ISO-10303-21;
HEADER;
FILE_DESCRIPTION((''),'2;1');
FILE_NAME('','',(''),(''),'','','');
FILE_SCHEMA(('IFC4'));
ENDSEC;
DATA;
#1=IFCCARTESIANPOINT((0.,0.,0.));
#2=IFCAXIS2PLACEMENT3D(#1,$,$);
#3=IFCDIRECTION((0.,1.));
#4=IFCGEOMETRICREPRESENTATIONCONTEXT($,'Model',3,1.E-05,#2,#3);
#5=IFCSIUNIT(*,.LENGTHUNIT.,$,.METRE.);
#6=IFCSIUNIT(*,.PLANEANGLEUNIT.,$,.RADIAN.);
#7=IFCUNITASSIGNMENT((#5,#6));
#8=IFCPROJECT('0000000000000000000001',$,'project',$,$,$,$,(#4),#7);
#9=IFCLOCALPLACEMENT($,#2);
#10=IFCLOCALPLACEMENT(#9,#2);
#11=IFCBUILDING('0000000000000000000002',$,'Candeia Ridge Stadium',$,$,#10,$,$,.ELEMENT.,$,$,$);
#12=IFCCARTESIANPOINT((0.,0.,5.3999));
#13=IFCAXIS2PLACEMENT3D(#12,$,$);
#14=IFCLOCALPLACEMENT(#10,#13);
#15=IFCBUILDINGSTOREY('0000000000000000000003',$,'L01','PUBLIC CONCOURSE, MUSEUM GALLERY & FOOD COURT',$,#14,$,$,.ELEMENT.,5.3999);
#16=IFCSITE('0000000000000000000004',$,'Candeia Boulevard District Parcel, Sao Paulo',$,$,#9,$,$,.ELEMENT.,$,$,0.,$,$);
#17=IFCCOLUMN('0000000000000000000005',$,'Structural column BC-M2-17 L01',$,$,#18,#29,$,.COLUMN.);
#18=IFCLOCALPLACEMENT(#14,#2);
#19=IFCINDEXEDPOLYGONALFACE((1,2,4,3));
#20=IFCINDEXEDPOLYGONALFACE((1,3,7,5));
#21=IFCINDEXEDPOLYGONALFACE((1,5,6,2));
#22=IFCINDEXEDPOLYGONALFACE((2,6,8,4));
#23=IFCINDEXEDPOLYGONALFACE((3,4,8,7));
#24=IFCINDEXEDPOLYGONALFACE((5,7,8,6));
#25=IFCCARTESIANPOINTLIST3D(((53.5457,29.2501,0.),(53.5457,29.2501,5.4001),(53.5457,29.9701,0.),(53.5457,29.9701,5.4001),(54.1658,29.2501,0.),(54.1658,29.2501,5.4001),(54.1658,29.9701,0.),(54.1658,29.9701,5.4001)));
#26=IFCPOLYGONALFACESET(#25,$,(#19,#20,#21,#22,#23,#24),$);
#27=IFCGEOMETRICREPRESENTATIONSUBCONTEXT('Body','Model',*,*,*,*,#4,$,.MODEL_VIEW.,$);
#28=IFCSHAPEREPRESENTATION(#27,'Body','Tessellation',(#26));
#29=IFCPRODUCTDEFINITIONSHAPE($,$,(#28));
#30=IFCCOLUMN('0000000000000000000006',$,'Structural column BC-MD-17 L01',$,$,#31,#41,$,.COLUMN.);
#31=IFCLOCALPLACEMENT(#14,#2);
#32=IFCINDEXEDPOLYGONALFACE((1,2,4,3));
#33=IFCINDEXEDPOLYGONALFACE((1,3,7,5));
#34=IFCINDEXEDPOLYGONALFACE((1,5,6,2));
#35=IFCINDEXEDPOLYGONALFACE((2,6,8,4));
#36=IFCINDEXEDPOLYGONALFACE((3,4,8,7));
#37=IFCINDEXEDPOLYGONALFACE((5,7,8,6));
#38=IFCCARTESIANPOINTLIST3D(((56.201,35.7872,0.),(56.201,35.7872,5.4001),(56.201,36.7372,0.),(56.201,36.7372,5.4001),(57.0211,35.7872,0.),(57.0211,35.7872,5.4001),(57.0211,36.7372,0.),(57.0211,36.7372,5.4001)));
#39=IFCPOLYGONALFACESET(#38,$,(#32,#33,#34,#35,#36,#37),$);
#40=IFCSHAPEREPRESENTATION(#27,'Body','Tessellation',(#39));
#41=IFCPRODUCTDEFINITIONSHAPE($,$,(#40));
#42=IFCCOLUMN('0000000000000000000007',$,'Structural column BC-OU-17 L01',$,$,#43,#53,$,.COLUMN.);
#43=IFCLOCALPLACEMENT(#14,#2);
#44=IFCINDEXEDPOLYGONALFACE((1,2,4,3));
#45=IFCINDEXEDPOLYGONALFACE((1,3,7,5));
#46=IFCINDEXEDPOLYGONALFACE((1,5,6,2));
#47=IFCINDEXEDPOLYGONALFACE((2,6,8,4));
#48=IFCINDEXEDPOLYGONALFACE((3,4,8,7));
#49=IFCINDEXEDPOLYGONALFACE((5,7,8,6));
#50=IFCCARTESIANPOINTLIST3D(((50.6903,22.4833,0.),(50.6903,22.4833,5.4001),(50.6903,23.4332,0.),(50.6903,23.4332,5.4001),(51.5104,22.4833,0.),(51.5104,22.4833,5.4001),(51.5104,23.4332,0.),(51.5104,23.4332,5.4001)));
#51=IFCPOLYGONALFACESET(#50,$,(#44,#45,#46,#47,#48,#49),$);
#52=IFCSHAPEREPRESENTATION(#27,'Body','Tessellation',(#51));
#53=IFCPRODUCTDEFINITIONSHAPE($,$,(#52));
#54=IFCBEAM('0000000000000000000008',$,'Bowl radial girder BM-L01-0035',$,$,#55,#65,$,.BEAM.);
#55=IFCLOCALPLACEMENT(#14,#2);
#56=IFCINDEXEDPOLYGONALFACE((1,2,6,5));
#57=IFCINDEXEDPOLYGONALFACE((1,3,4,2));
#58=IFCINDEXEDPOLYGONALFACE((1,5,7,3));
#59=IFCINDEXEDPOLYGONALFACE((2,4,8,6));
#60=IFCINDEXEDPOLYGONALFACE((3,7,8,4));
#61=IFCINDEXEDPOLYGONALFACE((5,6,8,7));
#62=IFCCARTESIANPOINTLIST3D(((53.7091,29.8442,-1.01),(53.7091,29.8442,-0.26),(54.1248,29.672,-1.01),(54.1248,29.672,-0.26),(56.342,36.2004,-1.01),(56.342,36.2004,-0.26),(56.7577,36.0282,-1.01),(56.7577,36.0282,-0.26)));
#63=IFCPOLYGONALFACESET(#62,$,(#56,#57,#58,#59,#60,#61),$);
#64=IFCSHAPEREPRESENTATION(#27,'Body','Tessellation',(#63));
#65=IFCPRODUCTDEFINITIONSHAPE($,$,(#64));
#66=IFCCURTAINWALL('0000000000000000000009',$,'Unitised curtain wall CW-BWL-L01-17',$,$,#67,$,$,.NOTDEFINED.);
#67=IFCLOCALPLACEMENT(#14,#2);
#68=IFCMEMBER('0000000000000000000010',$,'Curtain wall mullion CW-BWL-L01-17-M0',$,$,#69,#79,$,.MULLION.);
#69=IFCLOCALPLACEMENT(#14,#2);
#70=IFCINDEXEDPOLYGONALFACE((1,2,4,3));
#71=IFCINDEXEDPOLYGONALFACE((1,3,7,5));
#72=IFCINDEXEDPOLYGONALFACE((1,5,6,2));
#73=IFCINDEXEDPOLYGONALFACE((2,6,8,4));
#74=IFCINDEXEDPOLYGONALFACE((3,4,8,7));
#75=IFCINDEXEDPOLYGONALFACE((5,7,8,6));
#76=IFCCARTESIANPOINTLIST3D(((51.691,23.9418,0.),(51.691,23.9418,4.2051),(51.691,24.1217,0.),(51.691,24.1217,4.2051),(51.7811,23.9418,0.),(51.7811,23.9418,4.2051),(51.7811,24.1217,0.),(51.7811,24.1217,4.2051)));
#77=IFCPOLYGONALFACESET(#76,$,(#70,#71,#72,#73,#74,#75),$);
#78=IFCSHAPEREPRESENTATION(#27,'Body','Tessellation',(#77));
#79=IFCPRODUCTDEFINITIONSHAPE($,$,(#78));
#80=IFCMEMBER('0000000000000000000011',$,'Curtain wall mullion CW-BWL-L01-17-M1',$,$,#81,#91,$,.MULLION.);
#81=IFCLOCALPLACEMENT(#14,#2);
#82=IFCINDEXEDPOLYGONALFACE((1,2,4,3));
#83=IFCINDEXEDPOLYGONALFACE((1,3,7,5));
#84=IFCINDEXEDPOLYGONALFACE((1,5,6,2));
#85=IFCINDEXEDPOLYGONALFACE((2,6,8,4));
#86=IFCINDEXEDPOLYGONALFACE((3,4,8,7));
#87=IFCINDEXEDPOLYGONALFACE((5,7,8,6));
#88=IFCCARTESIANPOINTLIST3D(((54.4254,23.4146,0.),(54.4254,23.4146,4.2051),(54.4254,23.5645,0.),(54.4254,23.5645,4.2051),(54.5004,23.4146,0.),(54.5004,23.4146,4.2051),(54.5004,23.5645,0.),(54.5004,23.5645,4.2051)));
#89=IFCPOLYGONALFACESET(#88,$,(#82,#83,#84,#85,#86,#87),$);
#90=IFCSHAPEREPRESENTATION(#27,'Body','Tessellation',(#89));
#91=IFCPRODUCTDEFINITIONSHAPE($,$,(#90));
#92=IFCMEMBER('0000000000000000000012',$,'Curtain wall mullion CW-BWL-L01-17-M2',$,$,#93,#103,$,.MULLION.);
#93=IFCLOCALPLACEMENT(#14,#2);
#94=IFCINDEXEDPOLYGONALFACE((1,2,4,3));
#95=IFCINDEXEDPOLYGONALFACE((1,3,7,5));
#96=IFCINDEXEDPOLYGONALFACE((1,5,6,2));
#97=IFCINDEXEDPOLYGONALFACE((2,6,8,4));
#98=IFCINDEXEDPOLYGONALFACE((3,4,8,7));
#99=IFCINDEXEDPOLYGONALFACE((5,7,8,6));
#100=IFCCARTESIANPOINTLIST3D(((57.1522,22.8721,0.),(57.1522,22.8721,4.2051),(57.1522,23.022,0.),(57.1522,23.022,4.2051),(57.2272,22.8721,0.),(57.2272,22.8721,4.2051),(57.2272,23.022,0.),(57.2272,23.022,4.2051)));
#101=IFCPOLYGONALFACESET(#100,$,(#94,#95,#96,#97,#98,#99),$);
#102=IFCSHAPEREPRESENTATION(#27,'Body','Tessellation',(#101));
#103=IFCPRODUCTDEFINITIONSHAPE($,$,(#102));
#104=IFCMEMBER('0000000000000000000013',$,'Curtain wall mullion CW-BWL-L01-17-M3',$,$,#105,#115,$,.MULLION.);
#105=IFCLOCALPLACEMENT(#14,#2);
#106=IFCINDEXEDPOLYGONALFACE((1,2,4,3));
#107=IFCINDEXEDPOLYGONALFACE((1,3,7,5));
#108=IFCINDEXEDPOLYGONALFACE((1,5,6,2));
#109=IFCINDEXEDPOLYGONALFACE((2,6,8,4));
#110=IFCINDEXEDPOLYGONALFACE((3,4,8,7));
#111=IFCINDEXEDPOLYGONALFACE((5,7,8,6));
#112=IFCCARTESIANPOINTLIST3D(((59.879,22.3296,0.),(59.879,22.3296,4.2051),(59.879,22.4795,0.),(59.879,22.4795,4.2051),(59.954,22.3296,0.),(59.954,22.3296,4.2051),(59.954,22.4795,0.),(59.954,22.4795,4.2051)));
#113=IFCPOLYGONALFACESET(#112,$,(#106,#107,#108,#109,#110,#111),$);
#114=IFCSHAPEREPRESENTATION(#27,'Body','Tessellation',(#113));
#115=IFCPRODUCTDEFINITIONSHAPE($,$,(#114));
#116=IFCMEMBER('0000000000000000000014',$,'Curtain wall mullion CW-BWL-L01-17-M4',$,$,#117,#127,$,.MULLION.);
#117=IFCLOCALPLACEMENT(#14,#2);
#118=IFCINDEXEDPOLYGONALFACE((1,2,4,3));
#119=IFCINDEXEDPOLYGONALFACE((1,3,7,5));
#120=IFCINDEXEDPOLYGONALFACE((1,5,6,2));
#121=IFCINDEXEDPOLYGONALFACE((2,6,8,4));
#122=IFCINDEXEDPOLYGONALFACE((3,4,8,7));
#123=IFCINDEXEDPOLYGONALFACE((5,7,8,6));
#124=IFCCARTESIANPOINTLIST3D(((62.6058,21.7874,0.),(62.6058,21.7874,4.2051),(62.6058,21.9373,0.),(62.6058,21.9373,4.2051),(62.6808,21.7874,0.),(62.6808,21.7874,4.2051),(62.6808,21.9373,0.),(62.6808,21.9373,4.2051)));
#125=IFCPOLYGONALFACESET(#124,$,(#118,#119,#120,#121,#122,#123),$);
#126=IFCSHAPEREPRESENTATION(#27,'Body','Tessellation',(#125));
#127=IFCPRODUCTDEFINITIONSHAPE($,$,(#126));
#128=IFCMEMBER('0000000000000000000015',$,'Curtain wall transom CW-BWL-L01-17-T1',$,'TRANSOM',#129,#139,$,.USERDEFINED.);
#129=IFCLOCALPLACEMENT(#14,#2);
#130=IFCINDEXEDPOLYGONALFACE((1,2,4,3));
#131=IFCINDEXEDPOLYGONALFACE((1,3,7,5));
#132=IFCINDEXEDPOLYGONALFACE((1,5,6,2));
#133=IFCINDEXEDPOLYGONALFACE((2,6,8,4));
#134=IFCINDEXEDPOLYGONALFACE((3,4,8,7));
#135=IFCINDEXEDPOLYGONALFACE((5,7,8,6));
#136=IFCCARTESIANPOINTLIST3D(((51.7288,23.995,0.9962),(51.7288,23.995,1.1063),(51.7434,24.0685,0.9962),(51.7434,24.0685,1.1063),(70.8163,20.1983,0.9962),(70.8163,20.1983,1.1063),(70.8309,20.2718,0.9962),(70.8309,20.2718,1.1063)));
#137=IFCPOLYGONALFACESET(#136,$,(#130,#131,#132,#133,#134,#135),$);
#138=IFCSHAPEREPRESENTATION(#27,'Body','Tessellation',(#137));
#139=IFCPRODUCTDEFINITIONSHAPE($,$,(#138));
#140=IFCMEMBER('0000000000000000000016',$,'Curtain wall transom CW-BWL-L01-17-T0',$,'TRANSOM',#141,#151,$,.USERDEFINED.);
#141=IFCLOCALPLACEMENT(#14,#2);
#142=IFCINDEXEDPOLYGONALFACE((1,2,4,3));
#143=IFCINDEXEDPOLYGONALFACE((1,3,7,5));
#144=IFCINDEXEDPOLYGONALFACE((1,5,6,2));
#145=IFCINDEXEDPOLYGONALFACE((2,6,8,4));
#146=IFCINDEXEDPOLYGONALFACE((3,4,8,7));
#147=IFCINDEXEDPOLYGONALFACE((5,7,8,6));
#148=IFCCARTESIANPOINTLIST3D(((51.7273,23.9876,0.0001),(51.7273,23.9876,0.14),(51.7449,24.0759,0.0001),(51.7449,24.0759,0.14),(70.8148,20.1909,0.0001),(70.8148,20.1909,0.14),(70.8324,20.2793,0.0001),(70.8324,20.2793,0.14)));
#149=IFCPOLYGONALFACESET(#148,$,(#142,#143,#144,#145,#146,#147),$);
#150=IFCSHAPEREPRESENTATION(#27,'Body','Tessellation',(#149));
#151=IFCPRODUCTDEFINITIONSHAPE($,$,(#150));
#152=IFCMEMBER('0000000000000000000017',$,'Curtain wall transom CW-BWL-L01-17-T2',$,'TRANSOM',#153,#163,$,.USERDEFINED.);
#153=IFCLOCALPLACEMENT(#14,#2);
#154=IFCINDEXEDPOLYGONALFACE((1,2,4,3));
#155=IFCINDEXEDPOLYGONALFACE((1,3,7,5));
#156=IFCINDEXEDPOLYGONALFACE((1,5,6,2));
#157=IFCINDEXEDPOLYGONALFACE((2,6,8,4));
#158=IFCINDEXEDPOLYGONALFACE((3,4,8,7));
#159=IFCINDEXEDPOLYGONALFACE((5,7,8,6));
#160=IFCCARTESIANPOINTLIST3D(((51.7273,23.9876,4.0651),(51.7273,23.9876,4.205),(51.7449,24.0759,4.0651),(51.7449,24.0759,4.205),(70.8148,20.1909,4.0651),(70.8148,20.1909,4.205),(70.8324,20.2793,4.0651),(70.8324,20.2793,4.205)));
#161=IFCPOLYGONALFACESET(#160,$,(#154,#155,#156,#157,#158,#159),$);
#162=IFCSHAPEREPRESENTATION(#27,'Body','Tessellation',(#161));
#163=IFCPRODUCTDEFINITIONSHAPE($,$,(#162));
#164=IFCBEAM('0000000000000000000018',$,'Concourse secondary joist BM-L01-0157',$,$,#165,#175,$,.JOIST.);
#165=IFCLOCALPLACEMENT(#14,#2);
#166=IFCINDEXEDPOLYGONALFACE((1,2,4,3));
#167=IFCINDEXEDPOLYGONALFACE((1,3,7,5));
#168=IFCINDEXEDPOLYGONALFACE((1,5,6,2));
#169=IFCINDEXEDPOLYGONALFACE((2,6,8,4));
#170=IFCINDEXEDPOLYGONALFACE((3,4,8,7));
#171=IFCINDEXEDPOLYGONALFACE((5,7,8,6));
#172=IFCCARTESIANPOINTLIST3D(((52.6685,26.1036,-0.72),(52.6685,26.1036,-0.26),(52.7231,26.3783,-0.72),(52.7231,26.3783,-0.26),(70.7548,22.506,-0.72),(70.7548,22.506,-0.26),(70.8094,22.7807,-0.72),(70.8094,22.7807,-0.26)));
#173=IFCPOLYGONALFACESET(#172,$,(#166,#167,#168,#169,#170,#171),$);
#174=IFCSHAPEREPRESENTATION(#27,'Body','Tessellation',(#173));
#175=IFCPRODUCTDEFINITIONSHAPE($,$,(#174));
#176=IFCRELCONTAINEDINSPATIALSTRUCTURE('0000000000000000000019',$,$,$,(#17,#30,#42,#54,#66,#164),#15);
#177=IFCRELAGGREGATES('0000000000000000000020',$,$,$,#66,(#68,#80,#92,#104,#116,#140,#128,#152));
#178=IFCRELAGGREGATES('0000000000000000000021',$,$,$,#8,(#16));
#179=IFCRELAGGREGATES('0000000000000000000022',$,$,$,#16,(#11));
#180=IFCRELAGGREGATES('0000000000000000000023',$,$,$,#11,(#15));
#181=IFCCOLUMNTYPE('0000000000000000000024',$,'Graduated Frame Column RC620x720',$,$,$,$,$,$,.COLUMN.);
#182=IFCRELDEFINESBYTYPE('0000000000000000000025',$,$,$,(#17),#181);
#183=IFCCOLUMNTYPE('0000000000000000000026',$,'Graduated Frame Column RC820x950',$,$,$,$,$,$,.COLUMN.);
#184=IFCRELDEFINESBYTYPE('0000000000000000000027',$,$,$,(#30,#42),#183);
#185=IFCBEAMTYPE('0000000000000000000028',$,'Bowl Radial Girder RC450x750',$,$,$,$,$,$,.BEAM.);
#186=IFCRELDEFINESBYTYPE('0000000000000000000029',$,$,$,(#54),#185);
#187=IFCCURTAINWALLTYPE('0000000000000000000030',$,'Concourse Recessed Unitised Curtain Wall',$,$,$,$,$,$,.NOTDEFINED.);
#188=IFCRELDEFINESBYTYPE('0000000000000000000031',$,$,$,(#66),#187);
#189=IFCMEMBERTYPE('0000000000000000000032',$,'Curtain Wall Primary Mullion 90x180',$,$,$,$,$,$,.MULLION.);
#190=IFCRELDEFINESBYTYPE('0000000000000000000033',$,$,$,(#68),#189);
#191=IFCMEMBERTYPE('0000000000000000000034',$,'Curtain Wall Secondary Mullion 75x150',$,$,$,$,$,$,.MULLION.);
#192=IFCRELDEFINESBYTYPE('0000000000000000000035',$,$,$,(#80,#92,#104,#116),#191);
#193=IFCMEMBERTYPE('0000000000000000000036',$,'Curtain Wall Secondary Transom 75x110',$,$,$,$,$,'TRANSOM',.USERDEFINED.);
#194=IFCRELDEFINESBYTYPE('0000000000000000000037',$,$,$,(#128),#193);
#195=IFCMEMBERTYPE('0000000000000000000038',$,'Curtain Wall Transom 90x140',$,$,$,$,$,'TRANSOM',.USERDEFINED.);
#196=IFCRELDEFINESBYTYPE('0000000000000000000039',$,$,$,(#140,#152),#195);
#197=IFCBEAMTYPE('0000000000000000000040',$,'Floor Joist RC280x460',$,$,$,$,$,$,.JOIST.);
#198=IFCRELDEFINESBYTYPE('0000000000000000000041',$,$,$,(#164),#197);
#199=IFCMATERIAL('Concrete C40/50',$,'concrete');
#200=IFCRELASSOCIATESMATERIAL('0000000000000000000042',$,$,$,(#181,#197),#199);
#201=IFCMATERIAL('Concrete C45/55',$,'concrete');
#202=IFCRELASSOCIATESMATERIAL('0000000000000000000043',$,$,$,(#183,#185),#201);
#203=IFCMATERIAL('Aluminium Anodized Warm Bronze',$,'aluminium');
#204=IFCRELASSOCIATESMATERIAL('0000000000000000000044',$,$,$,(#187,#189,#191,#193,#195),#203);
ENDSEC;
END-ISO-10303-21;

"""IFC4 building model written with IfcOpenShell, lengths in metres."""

from ifc_helpers import new_model, si_unit, direction, frame, origin, origin_2d, place, context, subcontext, project, spatial, rectangle, extrude, material, material_profile, profile_set, type_object, element, aggregate, save


model = new_model("IFC4")

# Units and contexts
model_context = context("Model", 3, precision=1e-05, world=origin(), true_north=direction((0.0, 1.0)))
body_context = subcontext(model_context, "Body", "Model", "MODEL_VIEW")
ifc_project = project(units=[si_unit("LENGTHUNIT", "METRE"), si_unit("PLANEANGLEUNIT", "RADIAN")], contexts=[model_context])

# Site, building, storey
site_placement = place(None, origin())
site = spatial("IfcSite", under=ifc_project, at=site_placement, Name="Candeia Boulevard District Parcel, Sao Paulo", CompositionType="ELEMENT", RefElevation=0.0)
building_placement = place(site_placement, origin())
building = spatial("IfcBuilding", under=site, at=building_placement, Name="Candeia Ridge Stadium", CompositionType="ELEMENT")
storey_placement = place(building_placement, frame((0.0, 0.0, 5.3999)))
storey = spatial("IfcBuildingStorey", under=building, at=storey_placement, Name="L01", Description="PUBLIC CONCOURSE, MUSEUM GALLERY & FOOD COURT", CompositionType="ELEMENT", Elevation=5.3999)

# Columns
ifc_material_1 = material(Name="Concrete C40/50", Category="concrete")
ifc_material_profile_1 = material_profile(ifc_material_1, rectangle(XDim=0.6201, YDim=0.72, at=origin_2d()), Name="RC620x720", Category="concrete")
ifc_profile_set_1 = profile_set([ifc_material_profile_1], Name="Concrete C40/50")
column_type_1 = type_object("IfcColumnType", Name="Graduated Frame Column RC620x720", PredefinedType="COLUMN", material=ifc_profile_set_1)
column_placement = place(storey_placement, frame((53.8557, 29.6101, 0.0), z_axis=(0.0, 0.0, 1.0), x_axis=(1.0, 0.0, 0.0)))
element("IfcColumn", 1, at=column_placement, inside=storey, type_object=column_type_1, Name="Structural column BC-M2-17 L01", PredefinedType="COLUMN", context=body_context, shape_type="SweptSolid", body=[
    extrude(rectangle(XDim=0.6201, YDim=0.72, at=origin_2d()), origin(), (0.0, 0.0, 1.0), 5.4001),
])
ifc_material_2 = material(Name="Concrete C45/55", Category="concrete")
ifc_material_profile_2 = material_profile(ifc_material_2, rectangle(XDim=0.8201, YDim=0.95, at=origin_2d()), Name="RC820x950", Category="concrete")
ifc_profile_set_2 = profile_set([ifc_material_profile_2], Name="Concrete C45/55")
column_type_2 = type_object("IfcColumnType", Name="Graduated Frame Column RC820x950", PredefinedType="COLUMN", material=ifc_profile_set_2)
for number, where, z_axis, x_axis, name in (
    (2, (56.6111, 36.2622, 0.0), (0.0, 0.0, 1.0), (1.0, 0.0, 0.0), "Structural column BC-MD-17 L01"),
    (3, (51.1003, 22.9583, 0.0), (0.0, 0.0, 1.0), (1.0, 0.0, 0.0), "Structural column BC-OU-17 L01"),
):
    element("IfcColumn", number, at=place(storey_placement, frame(where, z_axis=z_axis, x_axis=x_axis)), inside=storey, type_object=column_type_2, Name=name, PredefinedType="COLUMN", context=body_context, shape_type="SweptSolid", body=[
        extrude(rectangle(XDim=0.8201, YDim=0.95, at=origin_2d()), origin(), (0.0, 0.0, 1.0), 5.4001),
    ])

# Beam
ifc_material_profile_3 = material_profile(ifc_material_2, rectangle(XDim=0.45, YDim=0.75, at=origin_2d()), Name="RC450x750", Category="concrete")
ifc_profile_set_3 = profile_set([ifc_material_profile_3], Name="Concrete C45/55")
beam_type_1 = type_object("IfcBeamType", Name="Bowl Radial Girder RC450x750", PredefinedType="BEAM", material=ifc_profile_set_3)
beam_1_placement = place(storey_placement, frame((56.5498, 36.1143, -0.635), z_axis=(-0.382682, -0.92388, 0.0), x_axis=(0.92388, -0.382682, 0.0)))
element("IfcBeam", 4, at=beam_1_placement, inside=storey, type_object=beam_type_1, Name="Bowl radial girder BM-L01-0035", PredefinedType="BEAM", context=body_context, shape_type="SweptSolid", body=[
    extrude(rectangle(XDim=0.45, YDim=0.75, at=origin_2d()), origin(), (0.0, 0.0, 1.0), 6.8799),
])

# Curtain wall, members
ifc_material_3 = material(Name="Aluminium Anodized Warm Bronze", Category="aluminium")
curtain_wall_type = type_object("IfcCurtainWallType", Name="Concourse Recessed Unitised Curtain Wall", PredefinedType="NOTDEFINED", material=ifc_material_3)
curtain_wall_placement = place(storey_placement, origin())
curtain_wall = element("IfcCurtainWall", 5, at=curtain_wall_placement, inside=storey, type_object=curtain_wall_type, Name="Unitised curtain wall CW-BWL-L01-17", PredefinedType="NOTDEFINED")
ifc_material_profile_4 = material_profile(ifc_material_3, rectangle(XDim=0.0901, YDim=0.1799, at=origin_2d()), Name="CWM-90x180", Category="aluminium")
ifc_profile_set_4 = profile_set([ifc_material_profile_4], Name="Aluminium Anodized Warm Bronze")
member_type_1 = type_object("IfcMemberType", Name="Curtain Wall Primary Mullion 90x180", PredefinedType="MULLION", material=ifc_profile_set_4)
member_1_placement = place(storey_placement, frame((51.7361, 24.0317, 0.0), z_axis=(0.0, 0.0, 1.0), x_axis=(1.0, 0.0, 0.0)))
member_1 = element("IfcMember", 6, at=member_1_placement, type_object=member_type_1, Name="Curtain wall mullion CW-BWL-L01-17-M0", PredefinedType="MULLION", context=body_context, shape_type="SweptSolid", body=[
    extrude(rectangle(XDim=0.0901, YDim=0.1799, at=origin_2d()), origin(), (0.0, 0.0, 1.0), 4.2051),
])
ifc_material_profile_5 = material_profile(ifc_material_3, rectangle(XDim=0.075, YDim=0.1499, at=origin_2d()), Name="CWM-75x150", Category="aluminium")
ifc_profile_set_5 = profile_set([ifc_material_profile_5], Name="Aluminium Anodized Warm Bronze")
member_type_2 = type_object("IfcMemberType", Name="Curtain Wall Secondary Mullion 75x150", PredefinedType="MULLION", material=ifc_profile_set_5)
member_2_placement = place(storey_placement, frame((54.4629, 23.4895, 0.0), z_axis=(0.0, 0.0, 1.0), x_axis=(1.0, 0.0, 0.0)))
member_2 = element("IfcMember", 7, at=member_2_placement, type_object=member_type_2, Name="Curtain wall mullion CW-BWL-L01-17-M1", PredefinedType="MULLION", context=body_context, shape_type="SweptSolid", body=[
    extrude(rectangle(XDim=0.075, YDim=0.1499, at=origin_2d()), origin(), (0.0, 0.0, 1.0), 4.2051),
])
member_3_placement = place(storey_placement, frame((57.1897, 22.947, 0.0), z_axis=(0.0, 0.0, 1.0), x_axis=(1.0, 0.0, 0.0)))
member_3 = element("IfcMember", 8, at=member_3_placement, type_object=member_type_2, Name="Curtain wall mullion CW-BWL-L01-17-M2", PredefinedType="MULLION", context=body_context, shape_type="SweptSolid", body=[
    extrude(rectangle(XDim=0.075, YDim=0.1499, at=origin_2d()), origin(), (0.0, 0.0, 1.0), 4.2051),
])
member_4_placement = place(storey_placement, frame((59.9165, 22.4045, 0.0), z_axis=(0.0, 0.0, 1.0), x_axis=(1.0, 0.0, 0.0)))
member_4 = element("IfcMember", 9, at=member_4_placement, type_object=member_type_2, Name="Curtain wall mullion CW-BWL-L01-17-M3", PredefinedType="MULLION", context=body_context, shape_type="SweptSolid", body=[
    extrude(rectangle(XDim=0.075, YDim=0.1499, at=origin_2d()), origin(), (0.0, 0.0, 1.0), 4.2051),
])
member_5_placement = place(storey_placement, frame((62.6433, 21.8623, 0.0), z_axis=(0.0, 0.0, 1.0), x_axis=(1.0, 0.0, 0.0)))
member_5 = element("IfcMember", 10, at=member_5_placement, type_object=member_type_2, Name="Curtain wall mullion CW-BWL-L01-17-M4", PredefinedType="MULLION", context=body_context, shape_type="SweptSolid", body=[
    extrude(rectangle(XDim=0.075, YDim=0.1499, at=origin_2d()), origin(), (0.0, 0.0, 1.0), 4.2051),
])
ifc_material_profile_6 = material_profile(ifc_material_3, rectangle(XDim=0.075, YDim=0.1101, at=origin_2d()), Name="CWT-75x110", Category="aluminium")
ifc_profile_set_6 = profile_set([ifc_material_profile_6], Name="Aluminium Anodized Warm Bronze")
member_type_3 = type_object("IfcMemberType", Name="Curtain Wall Secondary Transom 75x110", ElementType="TRANSOM", PredefinedType="USERDEFINED", material=ifc_profile_set_6)
member_6_placement = place(storey_placement, frame((51.7361, 24.0317, 1.0513), z_axis=(0.980786, -0.195086, 0.0), x_axis=(0.195086, 0.980786, 0.0)))
member_6 = element("IfcMember", 11, at=member_6_placement, type_object=member_type_3, Name="Curtain wall transom CW-BWL-L01-17-T1", ObjectType="TRANSOM", PredefinedType="USERDEFINED", context=body_context, shape_type="SweptSolid", body=[
    extrude(rectangle(XDim=0.075, YDim=0.1101, at=origin_2d()), origin(), (0.0, 0.0, 1.0), 19.4614),
])
ifc_material_profile_7 = material_profile(ifc_material_3, rectangle(XDim=0.0901, YDim=0.1399, at=origin_2d()), Name="CWT-90x140", Category="aluminium")
ifc_profile_set_7 = profile_set([ifc_material_profile_7], Name="Aluminium Anodized Warm Bronze")
member_type_4 = type_object("IfcMemberType", Name="Curtain Wall Transom 90x140", ElementType="TRANSOM", PredefinedType="USERDEFINED", material=ifc_profile_set_7)
member_7_placement = place(storey_placement, frame((51.7361, 24.0317, 0.0701), z_axis=(0.980786, -0.195086, 0.0), x_axis=(0.195086, 0.980786, 0.0)))
member_7 = element("IfcMember", 12, at=member_7_placement, type_object=member_type_4, Name="Curtain wall transom CW-BWL-L01-17-T0", ObjectType="TRANSOM", PredefinedType="USERDEFINED", context=body_context, shape_type="SweptSolid", body=[
    extrude(rectangle(XDim=0.0901, YDim=0.1399, at=origin_2d()), origin(), (0.0, 0.0, 1.0), 19.4614),
])
member_8_placement = place(storey_placement, frame((51.7361, 24.0317, 4.135), z_axis=(0.980786, -0.195086, 0.0), x_axis=(0.195086, 0.980786, 0.0)))
member_8 = element("IfcMember", 13, at=member_8_placement, type_object=member_type_4, Name="Curtain wall transom CW-BWL-L01-17-T2", ObjectType="TRANSOM", PredefinedType="USERDEFINED", context=body_context, shape_type="SweptSolid", body=[
    extrude(rectangle(XDim=0.0901, YDim=0.1399, at=origin_2d()), origin(), (0.0, 0.0, 1.0), 19.4614),
])

# Beam
ifc_material_profile_8 = material_profile(ifc_material_1, rectangle(XDim=0.28, YDim=0.46, at=origin_2d()), Name="RC280x460", Category="concrete")
ifc_profile_set_8 = profile_set([ifc_material_profile_8], Name="Concrete C40/50")
beam_type_2 = type_object("IfcBeamType", Name="Floor Joist RC280x460", PredefinedType="JOIST", material=ifc_profile_set_8)
beam_2_placement = place(storey_placement, frame((52.6958, 26.241, -0.49), z_axis=(0.980785, -0.195093, 0.0), x_axis=(0.195093, 0.980785, 0.0)))
element("IfcBeam", 14, at=beam_2_placement, inside=storey, type_object=beam_type_2, Name="Concourse secondary joist BM-L01-0157", PredefinedType="JOIST", context=body_context, shape_type="SweptSolid", body=[
    extrude(rectangle(XDim=0.28, YDim=0.46, at=origin_2d()), origin(), (0.0, 0.0, 1.0), 18.4407),
])

aggregate(curtain_wall, [member_1, member_2, member_3, member_4, member_5, member_7, member_6, member_8])

save(model, "model.ifc")
